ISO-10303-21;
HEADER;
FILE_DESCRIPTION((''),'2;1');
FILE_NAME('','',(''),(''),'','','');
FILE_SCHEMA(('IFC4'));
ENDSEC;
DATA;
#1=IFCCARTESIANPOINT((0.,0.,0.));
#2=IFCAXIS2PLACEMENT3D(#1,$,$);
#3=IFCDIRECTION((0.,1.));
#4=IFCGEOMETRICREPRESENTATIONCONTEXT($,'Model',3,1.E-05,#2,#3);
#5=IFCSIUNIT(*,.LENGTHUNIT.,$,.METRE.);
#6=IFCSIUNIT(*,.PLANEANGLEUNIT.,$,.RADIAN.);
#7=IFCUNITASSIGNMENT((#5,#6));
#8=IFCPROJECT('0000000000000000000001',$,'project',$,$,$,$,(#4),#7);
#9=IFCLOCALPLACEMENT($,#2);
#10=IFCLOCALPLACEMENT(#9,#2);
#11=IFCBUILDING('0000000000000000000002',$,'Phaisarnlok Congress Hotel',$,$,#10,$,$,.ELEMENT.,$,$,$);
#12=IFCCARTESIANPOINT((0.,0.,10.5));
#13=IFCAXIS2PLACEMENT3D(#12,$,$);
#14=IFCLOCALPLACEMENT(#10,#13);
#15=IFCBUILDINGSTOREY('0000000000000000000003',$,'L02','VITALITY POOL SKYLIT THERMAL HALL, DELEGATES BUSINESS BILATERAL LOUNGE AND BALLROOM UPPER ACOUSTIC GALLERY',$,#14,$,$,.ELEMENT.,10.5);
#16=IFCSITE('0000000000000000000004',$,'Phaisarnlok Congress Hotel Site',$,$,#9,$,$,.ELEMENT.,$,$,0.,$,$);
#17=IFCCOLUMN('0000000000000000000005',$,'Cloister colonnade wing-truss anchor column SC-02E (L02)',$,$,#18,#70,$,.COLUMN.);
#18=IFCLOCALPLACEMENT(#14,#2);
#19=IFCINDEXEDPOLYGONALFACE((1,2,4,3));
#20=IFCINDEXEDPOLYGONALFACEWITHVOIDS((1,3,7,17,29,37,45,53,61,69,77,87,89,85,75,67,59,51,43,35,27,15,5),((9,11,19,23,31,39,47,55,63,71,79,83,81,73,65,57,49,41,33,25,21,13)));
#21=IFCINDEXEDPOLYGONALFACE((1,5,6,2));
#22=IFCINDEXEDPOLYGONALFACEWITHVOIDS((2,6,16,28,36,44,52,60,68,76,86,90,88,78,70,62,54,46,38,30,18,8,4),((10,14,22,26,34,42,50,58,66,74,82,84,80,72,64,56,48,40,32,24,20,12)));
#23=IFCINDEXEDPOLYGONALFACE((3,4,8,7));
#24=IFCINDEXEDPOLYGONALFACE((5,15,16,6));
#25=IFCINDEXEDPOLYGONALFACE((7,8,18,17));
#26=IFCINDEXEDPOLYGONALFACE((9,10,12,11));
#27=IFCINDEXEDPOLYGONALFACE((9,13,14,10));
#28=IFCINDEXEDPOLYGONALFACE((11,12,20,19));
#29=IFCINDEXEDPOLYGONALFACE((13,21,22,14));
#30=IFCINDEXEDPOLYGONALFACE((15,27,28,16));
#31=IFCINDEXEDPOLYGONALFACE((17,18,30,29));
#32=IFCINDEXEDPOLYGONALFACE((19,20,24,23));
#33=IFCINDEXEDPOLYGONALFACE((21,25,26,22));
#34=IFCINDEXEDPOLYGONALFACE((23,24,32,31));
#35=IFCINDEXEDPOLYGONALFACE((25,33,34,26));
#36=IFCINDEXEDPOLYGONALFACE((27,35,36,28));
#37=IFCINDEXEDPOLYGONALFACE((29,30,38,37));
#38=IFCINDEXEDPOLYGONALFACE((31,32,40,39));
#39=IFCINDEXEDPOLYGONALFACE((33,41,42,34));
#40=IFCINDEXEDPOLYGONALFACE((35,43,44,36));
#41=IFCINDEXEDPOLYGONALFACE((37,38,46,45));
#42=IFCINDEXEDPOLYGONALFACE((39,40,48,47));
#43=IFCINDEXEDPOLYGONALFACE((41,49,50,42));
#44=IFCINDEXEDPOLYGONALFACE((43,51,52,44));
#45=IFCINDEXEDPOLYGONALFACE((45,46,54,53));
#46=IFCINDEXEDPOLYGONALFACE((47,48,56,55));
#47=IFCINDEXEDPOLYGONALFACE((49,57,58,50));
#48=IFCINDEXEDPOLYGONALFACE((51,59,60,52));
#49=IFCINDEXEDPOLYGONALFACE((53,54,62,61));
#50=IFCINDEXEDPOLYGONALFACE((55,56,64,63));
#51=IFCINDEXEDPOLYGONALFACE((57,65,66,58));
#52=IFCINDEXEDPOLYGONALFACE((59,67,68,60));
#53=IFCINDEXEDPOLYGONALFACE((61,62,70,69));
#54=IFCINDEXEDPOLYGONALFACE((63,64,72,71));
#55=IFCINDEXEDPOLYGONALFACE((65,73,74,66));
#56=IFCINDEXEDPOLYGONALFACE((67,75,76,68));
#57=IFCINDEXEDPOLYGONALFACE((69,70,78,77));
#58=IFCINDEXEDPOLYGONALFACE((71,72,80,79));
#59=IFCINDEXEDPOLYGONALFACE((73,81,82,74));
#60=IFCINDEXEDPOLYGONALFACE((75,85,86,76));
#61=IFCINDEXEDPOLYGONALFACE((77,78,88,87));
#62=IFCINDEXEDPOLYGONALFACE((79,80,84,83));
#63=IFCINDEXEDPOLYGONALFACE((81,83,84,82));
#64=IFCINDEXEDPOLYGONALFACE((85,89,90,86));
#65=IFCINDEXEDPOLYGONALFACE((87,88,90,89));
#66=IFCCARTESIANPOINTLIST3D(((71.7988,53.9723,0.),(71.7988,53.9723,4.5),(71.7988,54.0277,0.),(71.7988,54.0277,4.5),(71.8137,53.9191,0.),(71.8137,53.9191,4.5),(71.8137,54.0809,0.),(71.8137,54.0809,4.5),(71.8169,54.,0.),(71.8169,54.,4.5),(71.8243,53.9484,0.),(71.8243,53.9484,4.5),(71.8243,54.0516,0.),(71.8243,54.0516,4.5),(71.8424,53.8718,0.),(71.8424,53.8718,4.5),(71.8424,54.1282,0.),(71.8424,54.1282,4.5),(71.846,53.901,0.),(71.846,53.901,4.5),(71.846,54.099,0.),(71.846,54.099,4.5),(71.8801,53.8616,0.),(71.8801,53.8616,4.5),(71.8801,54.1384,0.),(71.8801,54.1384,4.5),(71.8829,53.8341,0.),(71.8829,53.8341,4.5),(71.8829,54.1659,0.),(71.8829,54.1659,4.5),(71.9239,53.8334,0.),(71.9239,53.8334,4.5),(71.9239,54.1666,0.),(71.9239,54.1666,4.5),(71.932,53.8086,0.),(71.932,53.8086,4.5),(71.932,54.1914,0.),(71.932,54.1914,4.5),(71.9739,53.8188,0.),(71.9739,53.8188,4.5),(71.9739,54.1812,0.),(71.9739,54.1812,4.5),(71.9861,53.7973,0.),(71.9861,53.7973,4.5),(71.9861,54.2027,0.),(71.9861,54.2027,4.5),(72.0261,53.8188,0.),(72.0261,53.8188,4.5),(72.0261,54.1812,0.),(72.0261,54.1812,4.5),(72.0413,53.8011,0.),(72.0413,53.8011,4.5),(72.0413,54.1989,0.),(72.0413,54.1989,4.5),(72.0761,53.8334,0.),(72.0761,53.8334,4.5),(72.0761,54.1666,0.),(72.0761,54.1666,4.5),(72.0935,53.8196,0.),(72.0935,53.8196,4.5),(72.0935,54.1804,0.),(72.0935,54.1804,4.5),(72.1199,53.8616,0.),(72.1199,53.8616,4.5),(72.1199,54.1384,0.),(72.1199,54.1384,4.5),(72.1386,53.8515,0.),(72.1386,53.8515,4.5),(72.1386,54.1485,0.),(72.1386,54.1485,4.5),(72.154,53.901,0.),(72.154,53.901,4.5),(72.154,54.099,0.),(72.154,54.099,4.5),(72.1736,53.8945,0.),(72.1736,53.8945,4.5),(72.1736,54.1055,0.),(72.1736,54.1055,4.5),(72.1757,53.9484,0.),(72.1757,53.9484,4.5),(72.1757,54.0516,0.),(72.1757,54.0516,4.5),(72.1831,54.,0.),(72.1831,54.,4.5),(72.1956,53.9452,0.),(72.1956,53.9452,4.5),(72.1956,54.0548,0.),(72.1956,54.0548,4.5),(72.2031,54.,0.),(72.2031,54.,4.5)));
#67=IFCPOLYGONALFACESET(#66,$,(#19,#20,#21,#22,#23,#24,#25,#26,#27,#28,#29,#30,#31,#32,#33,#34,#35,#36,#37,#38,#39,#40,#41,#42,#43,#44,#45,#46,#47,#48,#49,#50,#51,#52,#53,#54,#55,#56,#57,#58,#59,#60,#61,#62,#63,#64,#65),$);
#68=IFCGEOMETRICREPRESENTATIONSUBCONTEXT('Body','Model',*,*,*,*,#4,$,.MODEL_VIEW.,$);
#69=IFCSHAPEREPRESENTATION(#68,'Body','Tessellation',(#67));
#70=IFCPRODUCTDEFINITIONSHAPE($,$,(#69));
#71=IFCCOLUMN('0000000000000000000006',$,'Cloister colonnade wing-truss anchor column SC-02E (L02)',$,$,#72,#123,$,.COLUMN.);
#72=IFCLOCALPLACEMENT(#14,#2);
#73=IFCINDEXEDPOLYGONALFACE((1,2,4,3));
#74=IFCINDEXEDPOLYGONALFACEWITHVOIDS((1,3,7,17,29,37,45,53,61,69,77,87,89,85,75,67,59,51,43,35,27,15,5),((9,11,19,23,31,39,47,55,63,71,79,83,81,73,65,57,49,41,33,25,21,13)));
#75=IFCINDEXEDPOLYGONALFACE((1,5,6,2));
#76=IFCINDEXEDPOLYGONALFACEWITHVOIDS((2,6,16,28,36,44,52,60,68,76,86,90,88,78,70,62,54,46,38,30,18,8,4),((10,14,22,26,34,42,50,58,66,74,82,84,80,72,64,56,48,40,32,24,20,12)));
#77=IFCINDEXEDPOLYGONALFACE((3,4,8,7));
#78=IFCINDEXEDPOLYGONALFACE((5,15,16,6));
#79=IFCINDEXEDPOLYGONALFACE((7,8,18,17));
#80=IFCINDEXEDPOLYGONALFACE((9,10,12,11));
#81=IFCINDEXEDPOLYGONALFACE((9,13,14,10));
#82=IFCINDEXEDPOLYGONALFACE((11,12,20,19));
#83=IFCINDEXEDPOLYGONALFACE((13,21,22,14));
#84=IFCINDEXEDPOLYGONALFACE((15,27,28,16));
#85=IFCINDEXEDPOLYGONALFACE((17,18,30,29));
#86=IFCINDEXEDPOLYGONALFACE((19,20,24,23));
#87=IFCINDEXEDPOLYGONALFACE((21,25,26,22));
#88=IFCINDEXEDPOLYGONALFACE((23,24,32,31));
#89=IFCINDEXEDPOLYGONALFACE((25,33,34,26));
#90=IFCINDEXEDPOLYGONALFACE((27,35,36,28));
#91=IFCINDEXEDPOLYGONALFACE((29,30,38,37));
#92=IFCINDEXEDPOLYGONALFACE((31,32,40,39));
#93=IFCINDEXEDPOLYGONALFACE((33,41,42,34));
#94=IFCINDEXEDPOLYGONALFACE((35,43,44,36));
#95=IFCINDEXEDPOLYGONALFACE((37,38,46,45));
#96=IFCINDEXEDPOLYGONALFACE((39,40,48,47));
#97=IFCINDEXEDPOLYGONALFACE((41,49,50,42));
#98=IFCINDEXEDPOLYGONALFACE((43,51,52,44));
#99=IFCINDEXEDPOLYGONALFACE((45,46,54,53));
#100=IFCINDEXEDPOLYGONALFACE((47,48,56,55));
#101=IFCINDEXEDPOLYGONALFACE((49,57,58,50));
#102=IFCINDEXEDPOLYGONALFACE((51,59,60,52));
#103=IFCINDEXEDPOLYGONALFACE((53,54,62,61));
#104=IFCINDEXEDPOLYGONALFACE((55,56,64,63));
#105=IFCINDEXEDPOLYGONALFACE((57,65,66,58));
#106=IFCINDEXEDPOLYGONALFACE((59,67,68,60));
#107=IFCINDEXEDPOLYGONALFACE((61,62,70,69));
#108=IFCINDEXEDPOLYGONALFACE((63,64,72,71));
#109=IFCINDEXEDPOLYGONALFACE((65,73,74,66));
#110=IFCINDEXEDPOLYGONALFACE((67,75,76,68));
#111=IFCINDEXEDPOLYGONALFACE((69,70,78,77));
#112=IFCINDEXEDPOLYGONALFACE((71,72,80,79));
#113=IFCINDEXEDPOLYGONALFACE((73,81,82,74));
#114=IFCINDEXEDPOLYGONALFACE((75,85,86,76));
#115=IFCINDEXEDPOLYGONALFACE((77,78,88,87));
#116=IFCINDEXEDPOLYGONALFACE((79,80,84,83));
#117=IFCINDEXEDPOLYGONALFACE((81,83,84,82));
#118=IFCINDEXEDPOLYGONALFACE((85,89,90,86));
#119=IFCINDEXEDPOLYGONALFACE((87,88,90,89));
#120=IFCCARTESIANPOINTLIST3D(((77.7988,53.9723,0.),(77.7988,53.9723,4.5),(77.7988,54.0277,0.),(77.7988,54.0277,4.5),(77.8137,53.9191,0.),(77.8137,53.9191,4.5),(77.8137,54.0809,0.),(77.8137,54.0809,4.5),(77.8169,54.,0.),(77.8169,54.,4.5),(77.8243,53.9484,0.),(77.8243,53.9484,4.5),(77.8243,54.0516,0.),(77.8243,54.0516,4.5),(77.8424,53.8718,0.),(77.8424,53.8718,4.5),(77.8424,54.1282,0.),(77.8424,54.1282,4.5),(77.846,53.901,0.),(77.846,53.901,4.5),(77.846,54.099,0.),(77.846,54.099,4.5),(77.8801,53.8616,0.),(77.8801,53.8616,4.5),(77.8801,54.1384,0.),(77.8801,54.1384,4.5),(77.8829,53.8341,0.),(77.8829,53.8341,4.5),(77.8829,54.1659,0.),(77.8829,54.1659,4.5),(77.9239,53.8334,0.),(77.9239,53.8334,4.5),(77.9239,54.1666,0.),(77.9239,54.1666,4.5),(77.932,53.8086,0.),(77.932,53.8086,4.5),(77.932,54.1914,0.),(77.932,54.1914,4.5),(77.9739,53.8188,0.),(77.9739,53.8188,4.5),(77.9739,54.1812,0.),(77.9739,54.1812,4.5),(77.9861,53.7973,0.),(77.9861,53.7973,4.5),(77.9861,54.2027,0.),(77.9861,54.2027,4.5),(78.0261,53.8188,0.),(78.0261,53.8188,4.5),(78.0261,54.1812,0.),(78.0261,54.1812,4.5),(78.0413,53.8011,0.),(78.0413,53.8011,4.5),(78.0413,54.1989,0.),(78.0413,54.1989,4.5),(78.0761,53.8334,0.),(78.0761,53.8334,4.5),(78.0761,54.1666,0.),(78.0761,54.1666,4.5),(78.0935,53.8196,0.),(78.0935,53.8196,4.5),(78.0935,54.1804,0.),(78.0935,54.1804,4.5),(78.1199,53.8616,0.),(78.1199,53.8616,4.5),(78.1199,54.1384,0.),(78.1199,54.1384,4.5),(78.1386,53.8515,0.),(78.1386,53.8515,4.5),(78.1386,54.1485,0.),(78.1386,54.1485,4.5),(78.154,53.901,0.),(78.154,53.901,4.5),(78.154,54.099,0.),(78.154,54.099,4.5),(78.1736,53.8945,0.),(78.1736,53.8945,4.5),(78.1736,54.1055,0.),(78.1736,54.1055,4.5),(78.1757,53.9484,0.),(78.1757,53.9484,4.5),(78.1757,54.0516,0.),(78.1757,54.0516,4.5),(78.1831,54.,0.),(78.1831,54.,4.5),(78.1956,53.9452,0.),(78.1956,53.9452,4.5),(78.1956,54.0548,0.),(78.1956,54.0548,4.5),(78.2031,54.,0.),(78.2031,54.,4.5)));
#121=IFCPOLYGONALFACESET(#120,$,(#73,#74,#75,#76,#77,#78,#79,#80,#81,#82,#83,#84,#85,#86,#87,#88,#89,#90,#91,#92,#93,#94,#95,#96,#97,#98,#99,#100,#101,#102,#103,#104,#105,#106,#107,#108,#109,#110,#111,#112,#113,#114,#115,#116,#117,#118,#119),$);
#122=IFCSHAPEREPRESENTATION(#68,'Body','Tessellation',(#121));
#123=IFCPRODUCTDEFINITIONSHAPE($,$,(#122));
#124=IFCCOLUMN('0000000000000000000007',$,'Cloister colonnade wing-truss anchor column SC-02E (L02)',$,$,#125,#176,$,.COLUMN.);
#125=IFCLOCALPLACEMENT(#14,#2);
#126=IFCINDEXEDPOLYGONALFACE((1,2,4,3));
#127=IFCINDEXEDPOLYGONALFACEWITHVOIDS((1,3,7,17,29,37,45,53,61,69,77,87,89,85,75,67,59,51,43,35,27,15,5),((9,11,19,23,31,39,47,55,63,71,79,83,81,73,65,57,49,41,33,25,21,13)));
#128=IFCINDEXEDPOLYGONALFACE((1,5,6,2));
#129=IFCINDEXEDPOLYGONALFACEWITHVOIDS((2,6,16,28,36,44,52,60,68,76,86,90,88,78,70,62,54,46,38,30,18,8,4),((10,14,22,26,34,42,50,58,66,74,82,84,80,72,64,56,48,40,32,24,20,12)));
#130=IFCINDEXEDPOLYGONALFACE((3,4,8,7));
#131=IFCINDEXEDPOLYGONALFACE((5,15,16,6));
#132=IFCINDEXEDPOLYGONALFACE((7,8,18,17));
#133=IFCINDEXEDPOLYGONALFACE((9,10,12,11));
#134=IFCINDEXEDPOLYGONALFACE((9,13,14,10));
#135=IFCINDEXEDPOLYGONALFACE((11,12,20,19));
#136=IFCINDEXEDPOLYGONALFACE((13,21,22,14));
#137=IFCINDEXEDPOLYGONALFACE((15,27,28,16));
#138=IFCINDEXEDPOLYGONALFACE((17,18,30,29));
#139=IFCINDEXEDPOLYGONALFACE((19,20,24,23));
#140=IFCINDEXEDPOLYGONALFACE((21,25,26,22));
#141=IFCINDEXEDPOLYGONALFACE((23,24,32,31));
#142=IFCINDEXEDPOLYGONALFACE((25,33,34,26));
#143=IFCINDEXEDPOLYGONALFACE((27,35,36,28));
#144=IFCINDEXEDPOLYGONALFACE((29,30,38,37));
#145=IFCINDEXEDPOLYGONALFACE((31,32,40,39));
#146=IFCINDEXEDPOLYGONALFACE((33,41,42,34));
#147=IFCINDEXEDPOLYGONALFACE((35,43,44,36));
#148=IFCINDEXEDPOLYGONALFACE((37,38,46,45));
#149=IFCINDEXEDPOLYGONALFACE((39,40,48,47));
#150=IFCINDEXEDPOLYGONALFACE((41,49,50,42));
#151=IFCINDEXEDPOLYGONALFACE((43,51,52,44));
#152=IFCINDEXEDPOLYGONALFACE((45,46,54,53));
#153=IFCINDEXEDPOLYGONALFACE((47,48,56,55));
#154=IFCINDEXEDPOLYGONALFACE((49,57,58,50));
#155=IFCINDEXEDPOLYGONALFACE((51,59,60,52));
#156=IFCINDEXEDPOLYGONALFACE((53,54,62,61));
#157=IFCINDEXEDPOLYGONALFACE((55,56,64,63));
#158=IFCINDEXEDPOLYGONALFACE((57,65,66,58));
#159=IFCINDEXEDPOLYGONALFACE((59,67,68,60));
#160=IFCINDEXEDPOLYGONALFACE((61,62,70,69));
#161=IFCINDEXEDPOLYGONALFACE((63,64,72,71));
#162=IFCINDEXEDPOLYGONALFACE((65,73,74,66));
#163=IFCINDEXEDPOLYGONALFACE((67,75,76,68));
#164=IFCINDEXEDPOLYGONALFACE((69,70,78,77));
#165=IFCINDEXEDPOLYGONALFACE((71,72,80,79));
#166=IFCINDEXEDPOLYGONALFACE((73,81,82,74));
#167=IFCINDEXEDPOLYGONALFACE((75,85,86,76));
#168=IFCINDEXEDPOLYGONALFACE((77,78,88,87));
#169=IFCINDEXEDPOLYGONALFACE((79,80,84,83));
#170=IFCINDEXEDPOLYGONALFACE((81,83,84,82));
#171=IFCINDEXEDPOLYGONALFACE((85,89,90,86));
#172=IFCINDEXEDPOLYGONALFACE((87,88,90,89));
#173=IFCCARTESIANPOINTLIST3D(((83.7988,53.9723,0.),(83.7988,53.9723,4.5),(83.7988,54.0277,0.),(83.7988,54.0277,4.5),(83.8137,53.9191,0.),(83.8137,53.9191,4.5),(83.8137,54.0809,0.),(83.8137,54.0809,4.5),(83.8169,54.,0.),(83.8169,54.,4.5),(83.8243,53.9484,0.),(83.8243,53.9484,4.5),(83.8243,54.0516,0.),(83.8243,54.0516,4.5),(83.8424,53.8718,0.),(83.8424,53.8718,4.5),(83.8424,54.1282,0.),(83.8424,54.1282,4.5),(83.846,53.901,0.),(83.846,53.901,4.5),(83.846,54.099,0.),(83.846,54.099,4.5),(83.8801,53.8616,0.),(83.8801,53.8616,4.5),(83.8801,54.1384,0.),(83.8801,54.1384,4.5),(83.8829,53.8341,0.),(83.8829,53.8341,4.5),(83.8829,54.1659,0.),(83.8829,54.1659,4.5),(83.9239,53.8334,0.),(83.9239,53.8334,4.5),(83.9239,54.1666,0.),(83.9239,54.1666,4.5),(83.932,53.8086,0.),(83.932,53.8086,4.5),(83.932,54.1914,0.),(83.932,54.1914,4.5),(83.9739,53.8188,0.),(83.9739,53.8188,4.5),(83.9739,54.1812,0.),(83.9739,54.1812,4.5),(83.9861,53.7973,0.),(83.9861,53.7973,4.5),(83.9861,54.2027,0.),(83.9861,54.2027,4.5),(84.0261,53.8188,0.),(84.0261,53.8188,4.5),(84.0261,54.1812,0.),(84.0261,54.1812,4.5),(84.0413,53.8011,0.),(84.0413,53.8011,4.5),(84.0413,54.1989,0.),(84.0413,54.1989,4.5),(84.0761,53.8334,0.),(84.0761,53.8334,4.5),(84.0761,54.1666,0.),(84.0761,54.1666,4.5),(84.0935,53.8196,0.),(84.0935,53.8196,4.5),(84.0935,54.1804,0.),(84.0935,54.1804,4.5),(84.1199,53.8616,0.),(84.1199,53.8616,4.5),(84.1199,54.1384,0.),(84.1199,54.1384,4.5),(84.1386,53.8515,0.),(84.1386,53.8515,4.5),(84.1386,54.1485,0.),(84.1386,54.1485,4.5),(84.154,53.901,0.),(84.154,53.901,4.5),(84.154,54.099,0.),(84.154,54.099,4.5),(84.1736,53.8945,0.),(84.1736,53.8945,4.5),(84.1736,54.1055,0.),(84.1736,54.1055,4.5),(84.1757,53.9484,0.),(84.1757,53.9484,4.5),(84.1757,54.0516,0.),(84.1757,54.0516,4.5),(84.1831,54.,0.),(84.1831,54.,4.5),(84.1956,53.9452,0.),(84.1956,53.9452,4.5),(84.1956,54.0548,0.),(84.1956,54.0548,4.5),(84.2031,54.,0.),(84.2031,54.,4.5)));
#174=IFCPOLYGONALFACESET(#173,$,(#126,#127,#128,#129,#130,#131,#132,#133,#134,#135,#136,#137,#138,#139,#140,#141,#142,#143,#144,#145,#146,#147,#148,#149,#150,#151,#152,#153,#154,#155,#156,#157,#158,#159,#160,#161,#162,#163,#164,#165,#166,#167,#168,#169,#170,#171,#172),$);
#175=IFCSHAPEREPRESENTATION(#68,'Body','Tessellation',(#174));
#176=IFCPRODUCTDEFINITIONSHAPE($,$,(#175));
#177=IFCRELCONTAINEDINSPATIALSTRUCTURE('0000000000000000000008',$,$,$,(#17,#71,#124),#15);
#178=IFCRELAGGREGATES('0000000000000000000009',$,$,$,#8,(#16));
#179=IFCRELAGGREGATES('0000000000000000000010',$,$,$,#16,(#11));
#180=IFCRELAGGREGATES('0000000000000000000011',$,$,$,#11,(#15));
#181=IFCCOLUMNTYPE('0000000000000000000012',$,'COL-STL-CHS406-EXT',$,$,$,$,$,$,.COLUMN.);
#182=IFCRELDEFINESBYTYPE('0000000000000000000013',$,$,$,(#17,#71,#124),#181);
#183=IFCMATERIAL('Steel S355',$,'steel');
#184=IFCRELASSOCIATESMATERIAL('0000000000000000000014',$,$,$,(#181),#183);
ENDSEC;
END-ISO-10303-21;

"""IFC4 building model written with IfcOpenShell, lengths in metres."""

from ifc_helpers import new_model, si_unit, direction, frame, origin, origin_2d, place, context, subcontext, project, spatial, hollow_circle, extrude, material, material_profile, profile_set, type_object, element, save


model = new_model("IFC4")

# Units and contexts
model_context = context("Model", 3, precision=1e-05, world=origin(), true_north=direction((0.0, 1.0)))
body_context = subcontext(model_context, "Body", "Model", "MODEL_VIEW")
ifc_project = project(units=[si_unit("LENGTHUNIT", "METRE"), si_unit("PLANEANGLEUNIT", "RADIAN")], contexts=[model_context])

# Site, building, storey
site_placement = place(None, origin())
site = spatial("IfcSite", under=ifc_project, at=site_placement, Name="Phaisarnlok Congress Hotel Site", CompositionType="ELEMENT", RefElevation=0.0)
building_placement = place(site_placement, origin())
building = spatial("IfcBuilding", under=site, at=building_placement, Name="Phaisarnlok Congress Hotel", CompositionType="ELEMENT")
storey_placement = place(building_placement, frame((0.0, 0.0, 10.5)))
storey = spatial("IfcBuildingStorey", under=building, at=storey_placement, Name="L02", Description="VITALITY POOL SKYLIT THERMAL HALL, DELEGATES BUSINESS BILATERAL LOUNGE AND BALLROOM UPPER ACOUSTIC GALLERY", CompositionType="ELEMENT", Elevation=10.5)

# Columns
ifc_material_1 = material(Name="Steel S355", Category="steel")
ifc_material_profile = material_profile(ifc_material_1, hollow_circle(Radius=0.2031, WallThickness=0.02, at=origin_2d()), Name="CHS 406.4x20")
ifc_profile_set = profile_set([ifc_material_profile], Name="Steel S355")
column_type = type_object("IfcColumnType", Name="COL-STL-CHS406-EXT", PredefinedType="COLUMN", material=ifc_profile_set)
for number, where, z_axis, x_axis, name in (
    (1, (72.0, 54.0, 0.0), (0.0, 0.0, 1.0), (1.0, 0.0, 0.0), "Cloister colonnade wing-truss anchor column SC-02E (L02)"),
    (2, (78.0, 54.0, 0.0), (0.0, 0.0, 1.0), (1.0, 0.0, 0.0), "Cloister colonnade wing-truss anchor column SC-02E (L02)"),
    (3, (84.0, 54.0, 0.0), (0.0, 0.0, 1.0), (1.0, 0.0, 0.0), "Cloister colonnade wing-truss anchor column SC-02E (L02)"),
):
    element("IfcColumn", number, at=place(storey_placement, frame(where, z_axis=z_axis, x_axis=x_axis)), inside=storey, type_object=column_type, Name=name, PredefinedType="COLUMN", context=body_context, shape_type="SweptSolid", body=[
        extrude(hollow_circle(Radius=0.2031, WallThickness=0.02, at=origin_2d()), origin(), (0.0, 0.0, 1.0), 4.5),
    ])

save(model, "model.ifc")
